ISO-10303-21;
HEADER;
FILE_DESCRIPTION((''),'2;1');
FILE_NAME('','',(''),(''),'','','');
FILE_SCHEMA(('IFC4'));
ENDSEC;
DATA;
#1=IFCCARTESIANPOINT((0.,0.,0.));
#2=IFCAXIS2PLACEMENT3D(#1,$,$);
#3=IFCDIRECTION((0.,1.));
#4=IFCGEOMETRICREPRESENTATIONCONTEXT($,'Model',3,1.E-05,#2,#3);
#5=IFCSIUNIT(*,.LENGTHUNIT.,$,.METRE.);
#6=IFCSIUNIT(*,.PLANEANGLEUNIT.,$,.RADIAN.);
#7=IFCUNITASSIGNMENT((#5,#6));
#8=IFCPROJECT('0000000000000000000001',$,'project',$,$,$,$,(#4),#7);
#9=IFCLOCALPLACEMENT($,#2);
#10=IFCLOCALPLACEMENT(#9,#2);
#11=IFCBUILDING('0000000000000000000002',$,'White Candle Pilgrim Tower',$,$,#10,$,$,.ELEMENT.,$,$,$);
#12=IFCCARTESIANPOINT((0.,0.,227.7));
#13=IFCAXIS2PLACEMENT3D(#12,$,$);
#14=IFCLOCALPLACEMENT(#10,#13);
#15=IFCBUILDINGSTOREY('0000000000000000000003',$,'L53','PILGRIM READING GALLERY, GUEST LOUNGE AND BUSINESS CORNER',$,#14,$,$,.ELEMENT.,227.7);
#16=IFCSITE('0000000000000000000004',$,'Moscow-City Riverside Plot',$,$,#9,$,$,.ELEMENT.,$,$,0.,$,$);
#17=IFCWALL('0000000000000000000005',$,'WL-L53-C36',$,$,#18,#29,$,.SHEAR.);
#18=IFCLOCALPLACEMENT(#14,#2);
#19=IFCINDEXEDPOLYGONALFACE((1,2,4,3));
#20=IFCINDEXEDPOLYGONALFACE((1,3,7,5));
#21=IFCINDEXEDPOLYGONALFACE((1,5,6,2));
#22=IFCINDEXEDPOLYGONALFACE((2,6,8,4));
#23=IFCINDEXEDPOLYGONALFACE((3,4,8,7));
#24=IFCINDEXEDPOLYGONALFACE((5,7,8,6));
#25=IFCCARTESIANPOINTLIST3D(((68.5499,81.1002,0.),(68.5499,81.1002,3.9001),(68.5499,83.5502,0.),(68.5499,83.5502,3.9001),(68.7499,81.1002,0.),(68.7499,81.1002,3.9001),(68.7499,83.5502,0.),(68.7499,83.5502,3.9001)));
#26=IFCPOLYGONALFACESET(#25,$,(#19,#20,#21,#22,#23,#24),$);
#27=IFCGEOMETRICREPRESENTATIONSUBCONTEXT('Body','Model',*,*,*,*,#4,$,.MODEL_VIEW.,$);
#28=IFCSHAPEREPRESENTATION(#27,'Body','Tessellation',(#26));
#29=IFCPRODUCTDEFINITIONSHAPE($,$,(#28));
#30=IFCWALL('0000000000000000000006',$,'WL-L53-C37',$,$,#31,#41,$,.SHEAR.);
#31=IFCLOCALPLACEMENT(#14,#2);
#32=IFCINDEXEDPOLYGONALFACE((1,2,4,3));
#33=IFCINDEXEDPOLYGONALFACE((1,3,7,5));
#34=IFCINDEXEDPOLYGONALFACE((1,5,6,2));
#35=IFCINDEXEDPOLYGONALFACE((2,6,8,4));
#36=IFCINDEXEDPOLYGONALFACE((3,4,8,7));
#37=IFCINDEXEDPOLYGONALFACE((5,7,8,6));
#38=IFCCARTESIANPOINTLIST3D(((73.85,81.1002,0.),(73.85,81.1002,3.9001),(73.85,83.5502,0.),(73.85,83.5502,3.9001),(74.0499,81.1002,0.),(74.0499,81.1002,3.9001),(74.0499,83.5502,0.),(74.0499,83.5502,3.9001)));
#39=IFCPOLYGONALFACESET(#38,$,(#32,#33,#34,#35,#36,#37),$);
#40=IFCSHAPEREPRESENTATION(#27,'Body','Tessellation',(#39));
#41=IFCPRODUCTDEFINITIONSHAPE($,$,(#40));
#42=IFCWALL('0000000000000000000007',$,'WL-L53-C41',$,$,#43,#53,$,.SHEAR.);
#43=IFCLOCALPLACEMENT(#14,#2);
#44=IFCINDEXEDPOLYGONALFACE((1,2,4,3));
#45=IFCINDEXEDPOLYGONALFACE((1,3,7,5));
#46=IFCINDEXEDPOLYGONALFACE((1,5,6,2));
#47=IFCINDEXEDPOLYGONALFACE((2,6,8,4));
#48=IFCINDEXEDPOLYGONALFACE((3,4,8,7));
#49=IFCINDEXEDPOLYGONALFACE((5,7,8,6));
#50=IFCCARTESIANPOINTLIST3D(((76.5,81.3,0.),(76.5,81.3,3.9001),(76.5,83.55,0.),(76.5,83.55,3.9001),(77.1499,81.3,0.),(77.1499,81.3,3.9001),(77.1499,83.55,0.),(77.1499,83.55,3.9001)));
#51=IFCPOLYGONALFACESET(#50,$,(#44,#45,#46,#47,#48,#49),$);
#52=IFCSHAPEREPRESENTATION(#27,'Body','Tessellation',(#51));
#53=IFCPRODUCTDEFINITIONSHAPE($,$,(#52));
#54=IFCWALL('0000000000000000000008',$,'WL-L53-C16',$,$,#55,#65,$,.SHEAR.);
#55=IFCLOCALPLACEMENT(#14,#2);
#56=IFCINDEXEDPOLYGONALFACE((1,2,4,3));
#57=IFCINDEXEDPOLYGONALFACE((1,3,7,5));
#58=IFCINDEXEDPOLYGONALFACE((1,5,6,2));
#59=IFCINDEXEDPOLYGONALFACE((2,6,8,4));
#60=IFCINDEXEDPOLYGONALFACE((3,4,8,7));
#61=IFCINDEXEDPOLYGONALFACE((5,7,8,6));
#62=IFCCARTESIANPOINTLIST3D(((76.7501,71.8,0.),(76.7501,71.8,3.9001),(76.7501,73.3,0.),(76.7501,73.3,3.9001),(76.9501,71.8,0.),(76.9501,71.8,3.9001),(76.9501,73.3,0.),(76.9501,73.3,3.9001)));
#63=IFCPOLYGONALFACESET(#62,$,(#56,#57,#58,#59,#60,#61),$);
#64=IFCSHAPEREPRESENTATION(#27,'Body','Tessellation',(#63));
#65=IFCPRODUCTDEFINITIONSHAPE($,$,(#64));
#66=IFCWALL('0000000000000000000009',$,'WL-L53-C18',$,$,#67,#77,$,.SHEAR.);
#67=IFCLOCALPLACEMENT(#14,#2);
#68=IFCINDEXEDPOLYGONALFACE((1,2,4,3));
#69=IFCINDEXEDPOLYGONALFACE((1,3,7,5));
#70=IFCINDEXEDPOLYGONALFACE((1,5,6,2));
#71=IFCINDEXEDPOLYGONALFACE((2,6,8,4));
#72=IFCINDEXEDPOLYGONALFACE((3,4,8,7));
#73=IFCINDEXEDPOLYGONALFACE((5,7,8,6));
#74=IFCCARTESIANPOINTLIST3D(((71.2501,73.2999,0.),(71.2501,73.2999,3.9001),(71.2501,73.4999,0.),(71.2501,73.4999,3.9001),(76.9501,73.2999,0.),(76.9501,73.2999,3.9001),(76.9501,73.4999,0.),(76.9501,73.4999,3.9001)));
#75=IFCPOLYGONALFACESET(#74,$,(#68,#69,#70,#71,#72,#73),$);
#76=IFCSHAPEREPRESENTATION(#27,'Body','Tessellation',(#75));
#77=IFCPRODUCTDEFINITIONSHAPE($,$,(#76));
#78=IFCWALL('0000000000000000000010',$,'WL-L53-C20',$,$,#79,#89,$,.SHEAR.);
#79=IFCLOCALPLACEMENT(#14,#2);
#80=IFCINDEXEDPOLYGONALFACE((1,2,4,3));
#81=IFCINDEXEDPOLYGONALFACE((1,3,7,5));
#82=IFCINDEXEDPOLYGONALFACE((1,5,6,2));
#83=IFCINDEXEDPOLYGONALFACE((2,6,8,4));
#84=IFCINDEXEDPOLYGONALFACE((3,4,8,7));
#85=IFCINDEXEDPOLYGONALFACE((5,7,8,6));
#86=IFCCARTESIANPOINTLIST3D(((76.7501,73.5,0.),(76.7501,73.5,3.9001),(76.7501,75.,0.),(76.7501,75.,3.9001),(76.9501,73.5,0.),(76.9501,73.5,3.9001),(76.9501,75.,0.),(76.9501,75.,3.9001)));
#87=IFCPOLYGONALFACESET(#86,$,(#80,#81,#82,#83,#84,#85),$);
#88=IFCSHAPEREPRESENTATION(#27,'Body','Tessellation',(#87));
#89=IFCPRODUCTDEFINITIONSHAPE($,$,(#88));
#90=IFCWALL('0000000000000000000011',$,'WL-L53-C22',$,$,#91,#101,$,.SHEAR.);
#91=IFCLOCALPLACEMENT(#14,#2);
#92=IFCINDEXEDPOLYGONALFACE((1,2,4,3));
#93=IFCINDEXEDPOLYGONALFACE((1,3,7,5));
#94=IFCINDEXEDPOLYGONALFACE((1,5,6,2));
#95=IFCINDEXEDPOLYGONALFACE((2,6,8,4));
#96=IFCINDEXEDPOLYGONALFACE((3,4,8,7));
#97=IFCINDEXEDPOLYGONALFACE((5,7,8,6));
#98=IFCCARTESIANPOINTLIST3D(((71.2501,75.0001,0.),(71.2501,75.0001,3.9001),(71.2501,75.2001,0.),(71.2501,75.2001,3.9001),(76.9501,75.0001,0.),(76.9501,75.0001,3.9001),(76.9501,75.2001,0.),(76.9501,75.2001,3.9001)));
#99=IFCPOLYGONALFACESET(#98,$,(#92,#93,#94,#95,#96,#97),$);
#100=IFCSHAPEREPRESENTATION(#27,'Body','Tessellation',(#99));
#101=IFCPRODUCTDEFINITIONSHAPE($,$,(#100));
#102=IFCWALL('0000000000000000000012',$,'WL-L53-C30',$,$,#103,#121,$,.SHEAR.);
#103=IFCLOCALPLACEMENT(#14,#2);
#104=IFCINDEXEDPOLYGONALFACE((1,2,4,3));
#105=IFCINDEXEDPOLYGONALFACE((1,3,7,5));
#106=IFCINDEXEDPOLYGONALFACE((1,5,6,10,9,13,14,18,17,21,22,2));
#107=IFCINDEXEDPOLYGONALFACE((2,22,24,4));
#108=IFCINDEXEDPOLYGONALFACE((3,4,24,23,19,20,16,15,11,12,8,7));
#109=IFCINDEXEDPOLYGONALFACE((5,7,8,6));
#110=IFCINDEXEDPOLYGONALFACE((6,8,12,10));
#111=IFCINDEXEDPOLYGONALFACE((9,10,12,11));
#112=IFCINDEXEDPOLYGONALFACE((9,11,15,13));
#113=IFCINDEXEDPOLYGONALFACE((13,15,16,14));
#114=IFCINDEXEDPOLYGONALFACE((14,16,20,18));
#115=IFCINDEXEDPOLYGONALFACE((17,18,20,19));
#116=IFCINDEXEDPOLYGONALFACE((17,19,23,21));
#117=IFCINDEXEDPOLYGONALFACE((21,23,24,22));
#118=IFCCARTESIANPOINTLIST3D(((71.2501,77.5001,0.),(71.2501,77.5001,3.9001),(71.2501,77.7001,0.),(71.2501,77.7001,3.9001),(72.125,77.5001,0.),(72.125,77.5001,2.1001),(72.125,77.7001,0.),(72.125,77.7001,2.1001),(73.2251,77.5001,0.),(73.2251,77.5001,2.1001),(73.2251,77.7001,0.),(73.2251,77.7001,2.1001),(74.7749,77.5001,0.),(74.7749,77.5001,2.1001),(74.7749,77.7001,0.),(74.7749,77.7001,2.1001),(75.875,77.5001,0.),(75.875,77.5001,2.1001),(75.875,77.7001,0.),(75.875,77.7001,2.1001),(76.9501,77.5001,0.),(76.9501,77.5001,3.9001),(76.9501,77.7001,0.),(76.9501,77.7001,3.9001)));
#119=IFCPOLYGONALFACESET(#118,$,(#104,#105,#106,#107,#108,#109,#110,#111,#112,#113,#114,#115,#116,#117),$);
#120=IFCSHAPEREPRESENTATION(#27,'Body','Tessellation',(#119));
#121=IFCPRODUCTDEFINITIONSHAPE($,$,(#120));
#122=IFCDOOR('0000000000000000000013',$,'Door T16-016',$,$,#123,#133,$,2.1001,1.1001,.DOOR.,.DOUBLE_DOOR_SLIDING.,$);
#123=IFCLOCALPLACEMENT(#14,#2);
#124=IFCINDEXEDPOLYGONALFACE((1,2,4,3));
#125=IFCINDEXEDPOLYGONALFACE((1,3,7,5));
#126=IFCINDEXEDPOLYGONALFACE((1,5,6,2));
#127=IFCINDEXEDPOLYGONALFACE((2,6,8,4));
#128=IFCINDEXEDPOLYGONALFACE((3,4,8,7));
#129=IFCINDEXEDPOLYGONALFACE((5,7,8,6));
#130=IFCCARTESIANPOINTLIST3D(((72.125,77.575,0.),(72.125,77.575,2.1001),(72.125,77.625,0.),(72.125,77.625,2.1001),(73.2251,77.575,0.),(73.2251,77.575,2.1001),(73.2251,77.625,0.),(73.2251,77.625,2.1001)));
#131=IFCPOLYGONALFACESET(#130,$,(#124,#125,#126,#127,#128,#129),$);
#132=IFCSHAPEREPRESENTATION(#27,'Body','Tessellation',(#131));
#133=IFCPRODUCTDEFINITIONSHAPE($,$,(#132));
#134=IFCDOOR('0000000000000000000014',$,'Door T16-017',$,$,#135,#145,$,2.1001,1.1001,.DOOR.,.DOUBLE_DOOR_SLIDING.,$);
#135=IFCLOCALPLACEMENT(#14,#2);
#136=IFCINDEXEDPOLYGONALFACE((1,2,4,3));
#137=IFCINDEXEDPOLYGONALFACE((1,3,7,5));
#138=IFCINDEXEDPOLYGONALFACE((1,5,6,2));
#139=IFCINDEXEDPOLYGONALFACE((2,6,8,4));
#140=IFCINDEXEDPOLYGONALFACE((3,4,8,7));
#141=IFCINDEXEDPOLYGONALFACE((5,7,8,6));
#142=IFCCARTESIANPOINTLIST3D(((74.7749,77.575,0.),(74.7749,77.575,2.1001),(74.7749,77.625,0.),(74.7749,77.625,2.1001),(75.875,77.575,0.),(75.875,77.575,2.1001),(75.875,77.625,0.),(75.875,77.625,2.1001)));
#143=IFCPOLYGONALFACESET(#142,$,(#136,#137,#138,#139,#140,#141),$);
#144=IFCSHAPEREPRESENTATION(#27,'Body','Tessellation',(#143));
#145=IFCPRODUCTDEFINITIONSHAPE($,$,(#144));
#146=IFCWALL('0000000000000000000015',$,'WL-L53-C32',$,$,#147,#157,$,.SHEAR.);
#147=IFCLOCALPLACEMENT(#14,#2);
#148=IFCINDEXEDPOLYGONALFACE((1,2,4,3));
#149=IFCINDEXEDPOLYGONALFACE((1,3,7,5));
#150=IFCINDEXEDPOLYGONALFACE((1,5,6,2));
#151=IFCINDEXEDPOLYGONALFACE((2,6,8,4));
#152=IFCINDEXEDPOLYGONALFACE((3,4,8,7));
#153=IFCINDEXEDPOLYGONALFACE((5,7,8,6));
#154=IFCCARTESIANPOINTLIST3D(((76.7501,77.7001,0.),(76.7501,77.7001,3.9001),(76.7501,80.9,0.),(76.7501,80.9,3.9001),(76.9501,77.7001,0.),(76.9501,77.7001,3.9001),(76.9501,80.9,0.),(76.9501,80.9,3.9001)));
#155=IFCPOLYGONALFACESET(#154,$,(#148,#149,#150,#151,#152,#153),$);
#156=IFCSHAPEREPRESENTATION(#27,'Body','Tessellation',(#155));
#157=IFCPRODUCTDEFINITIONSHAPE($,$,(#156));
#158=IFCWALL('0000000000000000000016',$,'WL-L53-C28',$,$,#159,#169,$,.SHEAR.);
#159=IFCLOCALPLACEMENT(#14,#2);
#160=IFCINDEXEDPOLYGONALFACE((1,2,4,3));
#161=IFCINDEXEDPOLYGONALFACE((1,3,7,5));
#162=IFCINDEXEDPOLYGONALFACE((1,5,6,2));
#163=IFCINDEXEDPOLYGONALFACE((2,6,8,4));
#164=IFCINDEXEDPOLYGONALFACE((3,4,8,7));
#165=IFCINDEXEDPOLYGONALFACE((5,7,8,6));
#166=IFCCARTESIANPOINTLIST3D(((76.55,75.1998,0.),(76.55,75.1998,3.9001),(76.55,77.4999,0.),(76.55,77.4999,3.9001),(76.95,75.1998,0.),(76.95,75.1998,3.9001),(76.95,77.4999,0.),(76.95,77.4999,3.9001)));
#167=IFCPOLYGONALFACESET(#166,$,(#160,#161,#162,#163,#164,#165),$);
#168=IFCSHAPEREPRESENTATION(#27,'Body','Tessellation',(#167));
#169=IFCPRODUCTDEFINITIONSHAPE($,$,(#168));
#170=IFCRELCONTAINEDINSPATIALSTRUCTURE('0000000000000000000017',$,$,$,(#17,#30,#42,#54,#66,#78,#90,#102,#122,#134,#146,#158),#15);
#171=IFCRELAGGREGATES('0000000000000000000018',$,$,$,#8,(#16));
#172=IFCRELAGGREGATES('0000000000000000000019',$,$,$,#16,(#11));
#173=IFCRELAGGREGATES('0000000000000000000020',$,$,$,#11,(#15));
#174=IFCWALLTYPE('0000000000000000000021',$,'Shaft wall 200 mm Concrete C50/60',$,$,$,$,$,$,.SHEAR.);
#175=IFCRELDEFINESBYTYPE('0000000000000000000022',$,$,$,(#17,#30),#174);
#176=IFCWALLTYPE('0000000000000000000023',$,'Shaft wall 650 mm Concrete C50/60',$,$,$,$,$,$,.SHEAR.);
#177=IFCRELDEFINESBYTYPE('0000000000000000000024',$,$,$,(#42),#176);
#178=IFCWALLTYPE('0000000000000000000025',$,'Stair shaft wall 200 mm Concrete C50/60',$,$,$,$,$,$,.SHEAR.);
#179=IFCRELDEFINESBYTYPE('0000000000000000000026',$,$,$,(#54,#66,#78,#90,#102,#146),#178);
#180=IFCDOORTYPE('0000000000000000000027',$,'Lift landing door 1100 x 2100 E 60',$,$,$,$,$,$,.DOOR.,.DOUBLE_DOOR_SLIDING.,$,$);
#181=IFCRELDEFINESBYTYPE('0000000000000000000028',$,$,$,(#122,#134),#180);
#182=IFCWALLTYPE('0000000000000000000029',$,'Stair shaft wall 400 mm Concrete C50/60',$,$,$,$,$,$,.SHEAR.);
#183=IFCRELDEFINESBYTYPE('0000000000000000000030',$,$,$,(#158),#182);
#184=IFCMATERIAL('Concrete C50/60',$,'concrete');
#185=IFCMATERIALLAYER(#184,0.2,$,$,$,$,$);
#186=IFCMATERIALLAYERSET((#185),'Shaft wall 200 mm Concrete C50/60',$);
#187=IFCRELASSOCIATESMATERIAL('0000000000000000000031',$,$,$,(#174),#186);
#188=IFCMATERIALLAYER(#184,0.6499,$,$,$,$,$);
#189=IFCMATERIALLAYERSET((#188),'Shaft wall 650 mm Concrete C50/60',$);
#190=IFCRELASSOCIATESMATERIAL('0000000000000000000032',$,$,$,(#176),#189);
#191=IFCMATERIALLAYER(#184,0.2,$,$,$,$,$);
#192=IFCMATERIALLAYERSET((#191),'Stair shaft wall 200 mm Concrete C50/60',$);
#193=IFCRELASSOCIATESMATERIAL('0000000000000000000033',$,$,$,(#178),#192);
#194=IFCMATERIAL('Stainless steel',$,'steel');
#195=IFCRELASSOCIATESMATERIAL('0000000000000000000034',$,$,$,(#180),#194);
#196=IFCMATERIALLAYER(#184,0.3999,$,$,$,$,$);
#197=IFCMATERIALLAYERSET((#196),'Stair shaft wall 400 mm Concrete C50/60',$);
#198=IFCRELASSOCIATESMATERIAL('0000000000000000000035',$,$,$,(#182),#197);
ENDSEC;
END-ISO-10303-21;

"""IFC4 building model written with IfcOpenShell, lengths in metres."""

from ifc_helpers import new_model, si_unit, direction, frame, frame_2d, origin, place, context, subcontext, project, spatial, rectangle, extrude, material, layer, layer_set, type_object, element, fill, save


model = new_model("IFC4")

# Units and contexts
model_context = context("Model", 3, precision=1e-05, world=origin(), true_north=direction((0.0, 1.0)))
body_context = subcontext(model_context, "Body", "Model", "MODEL_VIEW")
ifc_project = project(units=[si_unit("LENGTHUNIT", "METRE"), si_unit("PLANEANGLEUNIT", "RADIAN")], contexts=[model_context])

# Site, building, storey
site_placement = place(None, origin())
site = spatial("IfcSite", under=ifc_project, at=site_placement, Name="Moscow-City Riverside Plot", CompositionType="ELEMENT", RefElevation=0.0)
building_placement = place(site_placement, origin())
building = spatial("IfcBuilding", under=site, at=building_placement, Name="White Candle Pilgrim Tower", CompositionType="ELEMENT")
storey_placement = place(building_placement, frame((0.0, 0.0, 227.7)))
storey = spatial("IfcBuildingStorey", under=building, at=storey_placement, Name="L53", Description="PILGRIM READING GALLERY, GUEST LOUNGE AND BUSINESS CORNER", CompositionType="ELEMENT", Elevation=227.7)

# Shared definitions
ifc_material_1 = material(Name="Concrete C50/60", Category="concrete")

# Walls
ifc_layer_1 = layer(ifc_material_1, 0.2)
ifc_layer_set_1 = layer_set([ifc_layer_1], Name="Shaft wall 200 mm Concrete C50/60")
wall_type_1 = type_object("IfcWallType", Name="Shaft wall 200 mm Concrete C50/60", PredefinedType="SHEAR", material=ifc_layer_set_1)
for number, where, z_axis, x_axis, name in (
    (1, (68.6499, 81.1001, 0.0), (0.0, 0.0, 1.0), (0.0, 1.0, 0.0), "WL-L53-C36"),
    (2, (73.95, 81.1001, 0.0), (0.0, 0.0, 1.0), (0.0, 1.0, 0.0), "WL-L53-C37"),
):
    element("IfcWall", number, at=place(storey_placement, frame(where, z_axis=z_axis, x_axis=x_axis)), inside=storey, type_object=wall_type_1, Name=name, PredefinedType="SHEAR", context=body_context, shape_type="SweptSolid", body=[
        extrude(rectangle(XDim=2.45, YDim=0.2, at=frame_2d((1.2251, 0.0))), origin(), (0.0, 0.0, 1.0), 3.9001),
    ])
ifc_layer_2 = layer(ifc_material_1, 0.6499)
ifc_layer_set_2 = layer_set([ifc_layer_2], Name="Shaft wall 650 mm Concrete C50/60")
wall_type_2 = type_object("IfcWallType", Name="Shaft wall 650 mm Concrete C50/60", PredefinedType="SHEAR", material=ifc_layer_set_2)
wall_1_placement = place(storey_placement, frame((76.825, 81.3, 0.0), z_axis=(0.0, 0.0, 1.0), x_axis=(0.0, 1.0, 0.0)))
element("IfcWall", 3, at=wall_1_placement, inside=storey, type_object=wall_type_2, Name="WL-L53-C41", PredefinedType="SHEAR", context=body_context, shape_type="SweptSolid", body=[
    extrude(rectangle(XDim=2.25, YDim=0.6499, at=frame_2d((1.125, 0.0))), origin(), (0.0, 0.0, 1.0), 3.9001),
])
ifc_layer_3 = layer(ifc_material_1, 0.2)
ifc_layer_set_3 = layer_set([ifc_layer_3], Name="Stair shaft wall 200 mm Concrete C50/60")
wall_type_3 = type_object("IfcWallType", Name="Stair shaft wall 200 mm Concrete C50/60", PredefinedType="SHEAR", material=ifc_layer_set_3)
wall_2_placement = place(storey_placement, frame((76.8501, 71.8, 0.0), z_axis=(0.0, 0.0, 1.0), x_axis=(0.0, 1.0, 0.0)))
element("IfcWall", 4, at=wall_2_placement, inside=storey, type_object=wall_type_3, Name="WL-L53-C16", PredefinedType="SHEAR", context=body_context, shape_type="SweptSolid", body=[
    extrude(rectangle(XDim=1.5, YDim=0.2, at=frame_2d((0.75, 0.0))), origin(), (0.0, 0.0, 1.0), 3.9001),
])
wall_3_placement = place(storey_placement, frame((71.25, 73.3999, 0.0), z_axis=(0.0, 0.0, 1.0), x_axis=(1.0, 0.0, 0.0)))
element("IfcWall", 5, at=wall_3_placement, inside=storey, type_object=wall_type_3, Name="WL-L53-C18", PredefinedType="SHEAR", context=body_context, shape_type="SweptSolid", body=[
    extrude(rectangle(XDim=5.7, YDim=0.2, at=frame_2d((2.8501, 0.0))), origin(), (0.0, 0.0, 1.0), 3.9001),
])
wall_4_placement = place(storey_placement, frame((76.8501, 73.5, 0.0), z_axis=(0.0, 0.0, 1.0), x_axis=(0.0, 1.0, 0.0)))
element("IfcWall", 6, at=wall_4_placement, inside=storey, type_object=wall_type_3, Name="WL-L53-C20", PredefinedType="SHEAR", context=body_context, shape_type="SweptSolid", body=[
    extrude(rectangle(XDim=1.5, YDim=0.2, at=frame_2d((0.75, 0.0))), origin(), (0.0, 0.0, 1.0), 3.9001),
])
wall_5_placement = place(storey_placement, frame((71.25, 75.1001, 0.0), z_axis=(0.0, 0.0, 1.0), x_axis=(1.0, 0.0, 0.0)))
element("IfcWall", 7, at=wall_5_placement, inside=storey, type_object=wall_type_3, Name="WL-L53-C22", PredefinedType="SHEAR", context=body_context, shape_type="SweptSolid", body=[
    extrude(rectangle(XDim=5.7, YDim=0.2, at=frame_2d((2.8501, 0.0))), origin(), (0.0, 0.0, 1.0), 3.9001),
])

# Wall, openings, doors
wall_6_placement = place(storey_placement, frame((71.25, 77.6001, 0.0), z_axis=(0.0, 0.0, 1.0), x_axis=(1.0, 0.0, 0.0)))
wall_6 = element("IfcWall", 8, at=wall_6_placement, inside=storey, type_object=wall_type_3, Name="WL-L53-C30", PredefinedType="SHEAR", context=body_context, shape_type="SweptSolid", body=[
    extrude(rectangle(XDim=5.7, YDim=0.2, at=frame_2d((2.8501, 0.0))), origin(), (0.0, 0.0, 1.0), 3.9001),
])
opening_1_placement = place(wall_6_placement, frame((0.875, 0.0, 0.0)))
opening_1 = element("IfcOpeningElement", 9, at=opening_1_placement, cuts=wall_6, PredefinedType="OPENING", context=body_context, shape_type="SweptSolid", body=[
    extrude(rectangle(XDim=1.1001, YDim=2.1001, at=frame_2d((0.55, 1.05))), frame((0.0, 0.1099, 0.0), z_axis=(0.0, -1.0, 0.0), x_axis=(1.0, 0.0, 0.0)), (0.0, 0.0, 1.0), 0.22),
])
opening_2_placement = place(wall_6_placement, frame((3.5249, 0.0, 0.0)))
opening_2 = element("IfcOpeningElement", 10, at=opening_2_placement, cuts=wall_6, PredefinedType="OPENING", context=body_context, shape_type="SweptSolid", body=[
    extrude(rectangle(XDim=1.1001, YDim=2.1001, at=frame_2d((0.55, 1.05))), frame((0.0, 0.1099, 0.0), z_axis=(0.0, -1.0, 0.0), x_axis=(1.0, 0.0, 0.0)), (0.0, 0.0, 1.0), 0.22),
])
ifc_material_2 = material(Name="Stainless steel", Category="steel")
door_type_1 = type_object("IfcDoorType", Name="Lift landing door 1100 x 2100 E 60", OperationType="DOUBLE_DOOR_SLIDING", PredefinedType="DOOR", material=ifc_material_2)
door_1_placement = place(opening_1_placement, origin())
door_1 = element("IfcDoor", 11, at=door_1_placement, inside=storey, type_object=door_type_1, Name="Door T16-016", OperationType="DOUBLE_DOOR_SLIDING", OverallHeight=2.1001, OverallWidth=1.1001, PredefinedType="DOOR", context=body_context, shape_type="SweptSolid", body=[
    extrude(rectangle(XDim=1.1001, YDim=2.1001, at=frame_2d((0.55, 1.05))), frame((0.0, 0.0249, 0.0), z_axis=(0.0, -1.0, 0.0), x_axis=(1.0, 0.0, 0.0)), (0.0, 0.0, 1.0), 0.05),
])
fill(opening_1, door_1)
door_2_placement = place(opening_2_placement, origin())
door_2 = element("IfcDoor", 12, at=door_2_placement, inside=storey, type_object=door_type_1, Name="Door T16-017", OperationType="DOUBLE_DOOR_SLIDING", OverallHeight=2.1001, OverallWidth=1.1001, PredefinedType="DOOR", context=body_context, shape_type="SweptSolid", body=[
    extrude(rectangle(XDim=1.1001, YDim=2.1001, at=frame_2d((0.55, 1.05))), frame((0.0, 0.0249, 0.0), z_axis=(0.0, -1.0, 0.0), x_axis=(1.0, 0.0, 0.0)), (0.0, 0.0, 1.0), 0.05),
])
fill(opening_2, door_2)

# Walls
wall_7_placement = place(storey_placement, frame((76.8501, 77.7, 0.0), z_axis=(0.0, 0.0, 1.0), x_axis=(0.0, 1.0, 0.0)))
element("IfcWall", 13, at=wall_7_placement, inside=storey, type_object=wall_type_3, Name="WL-L53-C32", PredefinedType="SHEAR", context=body_context, shape_type="SweptSolid", body=[
    extrude(rectangle(XDim=3.2, YDim=0.2, at=frame_2d((1.6001, 0.0))), origin(), (0.0, 0.0, 1.0), 3.9001),
])
ifc_layer_4 = layer(ifc_material_1, 0.3999)
ifc_layer_set_4 = layer_set([ifc_layer_4], Name="Stair shaft wall 400 mm Concrete C50/60")
wall_type_4 = type_object("IfcWallType", Name="Stair shaft wall 400 mm Concrete C50/60", PredefinedType="SHEAR", material=ifc_layer_set_4)
wall_8_placement = place(storey_placement, frame((76.75, 75.2, 0.0), z_axis=(0.0, 0.0, 1.0), x_axis=(0.0, 1.0, 0.0)))
element("IfcWall", 14, at=wall_8_placement, inside=storey, type_object=wall_type_4, Name="WL-L53-C28", PredefinedType="SHEAR", context=body_context, shape_type="SweptSolid", body=[
    extrude(rectangle(XDim=2.3, YDim=0.3999, at=frame_2d((1.1499, 0.0))), origin(), (0.0, 0.0, 1.0), 3.9001),
])

save(model, "model.ifc")
